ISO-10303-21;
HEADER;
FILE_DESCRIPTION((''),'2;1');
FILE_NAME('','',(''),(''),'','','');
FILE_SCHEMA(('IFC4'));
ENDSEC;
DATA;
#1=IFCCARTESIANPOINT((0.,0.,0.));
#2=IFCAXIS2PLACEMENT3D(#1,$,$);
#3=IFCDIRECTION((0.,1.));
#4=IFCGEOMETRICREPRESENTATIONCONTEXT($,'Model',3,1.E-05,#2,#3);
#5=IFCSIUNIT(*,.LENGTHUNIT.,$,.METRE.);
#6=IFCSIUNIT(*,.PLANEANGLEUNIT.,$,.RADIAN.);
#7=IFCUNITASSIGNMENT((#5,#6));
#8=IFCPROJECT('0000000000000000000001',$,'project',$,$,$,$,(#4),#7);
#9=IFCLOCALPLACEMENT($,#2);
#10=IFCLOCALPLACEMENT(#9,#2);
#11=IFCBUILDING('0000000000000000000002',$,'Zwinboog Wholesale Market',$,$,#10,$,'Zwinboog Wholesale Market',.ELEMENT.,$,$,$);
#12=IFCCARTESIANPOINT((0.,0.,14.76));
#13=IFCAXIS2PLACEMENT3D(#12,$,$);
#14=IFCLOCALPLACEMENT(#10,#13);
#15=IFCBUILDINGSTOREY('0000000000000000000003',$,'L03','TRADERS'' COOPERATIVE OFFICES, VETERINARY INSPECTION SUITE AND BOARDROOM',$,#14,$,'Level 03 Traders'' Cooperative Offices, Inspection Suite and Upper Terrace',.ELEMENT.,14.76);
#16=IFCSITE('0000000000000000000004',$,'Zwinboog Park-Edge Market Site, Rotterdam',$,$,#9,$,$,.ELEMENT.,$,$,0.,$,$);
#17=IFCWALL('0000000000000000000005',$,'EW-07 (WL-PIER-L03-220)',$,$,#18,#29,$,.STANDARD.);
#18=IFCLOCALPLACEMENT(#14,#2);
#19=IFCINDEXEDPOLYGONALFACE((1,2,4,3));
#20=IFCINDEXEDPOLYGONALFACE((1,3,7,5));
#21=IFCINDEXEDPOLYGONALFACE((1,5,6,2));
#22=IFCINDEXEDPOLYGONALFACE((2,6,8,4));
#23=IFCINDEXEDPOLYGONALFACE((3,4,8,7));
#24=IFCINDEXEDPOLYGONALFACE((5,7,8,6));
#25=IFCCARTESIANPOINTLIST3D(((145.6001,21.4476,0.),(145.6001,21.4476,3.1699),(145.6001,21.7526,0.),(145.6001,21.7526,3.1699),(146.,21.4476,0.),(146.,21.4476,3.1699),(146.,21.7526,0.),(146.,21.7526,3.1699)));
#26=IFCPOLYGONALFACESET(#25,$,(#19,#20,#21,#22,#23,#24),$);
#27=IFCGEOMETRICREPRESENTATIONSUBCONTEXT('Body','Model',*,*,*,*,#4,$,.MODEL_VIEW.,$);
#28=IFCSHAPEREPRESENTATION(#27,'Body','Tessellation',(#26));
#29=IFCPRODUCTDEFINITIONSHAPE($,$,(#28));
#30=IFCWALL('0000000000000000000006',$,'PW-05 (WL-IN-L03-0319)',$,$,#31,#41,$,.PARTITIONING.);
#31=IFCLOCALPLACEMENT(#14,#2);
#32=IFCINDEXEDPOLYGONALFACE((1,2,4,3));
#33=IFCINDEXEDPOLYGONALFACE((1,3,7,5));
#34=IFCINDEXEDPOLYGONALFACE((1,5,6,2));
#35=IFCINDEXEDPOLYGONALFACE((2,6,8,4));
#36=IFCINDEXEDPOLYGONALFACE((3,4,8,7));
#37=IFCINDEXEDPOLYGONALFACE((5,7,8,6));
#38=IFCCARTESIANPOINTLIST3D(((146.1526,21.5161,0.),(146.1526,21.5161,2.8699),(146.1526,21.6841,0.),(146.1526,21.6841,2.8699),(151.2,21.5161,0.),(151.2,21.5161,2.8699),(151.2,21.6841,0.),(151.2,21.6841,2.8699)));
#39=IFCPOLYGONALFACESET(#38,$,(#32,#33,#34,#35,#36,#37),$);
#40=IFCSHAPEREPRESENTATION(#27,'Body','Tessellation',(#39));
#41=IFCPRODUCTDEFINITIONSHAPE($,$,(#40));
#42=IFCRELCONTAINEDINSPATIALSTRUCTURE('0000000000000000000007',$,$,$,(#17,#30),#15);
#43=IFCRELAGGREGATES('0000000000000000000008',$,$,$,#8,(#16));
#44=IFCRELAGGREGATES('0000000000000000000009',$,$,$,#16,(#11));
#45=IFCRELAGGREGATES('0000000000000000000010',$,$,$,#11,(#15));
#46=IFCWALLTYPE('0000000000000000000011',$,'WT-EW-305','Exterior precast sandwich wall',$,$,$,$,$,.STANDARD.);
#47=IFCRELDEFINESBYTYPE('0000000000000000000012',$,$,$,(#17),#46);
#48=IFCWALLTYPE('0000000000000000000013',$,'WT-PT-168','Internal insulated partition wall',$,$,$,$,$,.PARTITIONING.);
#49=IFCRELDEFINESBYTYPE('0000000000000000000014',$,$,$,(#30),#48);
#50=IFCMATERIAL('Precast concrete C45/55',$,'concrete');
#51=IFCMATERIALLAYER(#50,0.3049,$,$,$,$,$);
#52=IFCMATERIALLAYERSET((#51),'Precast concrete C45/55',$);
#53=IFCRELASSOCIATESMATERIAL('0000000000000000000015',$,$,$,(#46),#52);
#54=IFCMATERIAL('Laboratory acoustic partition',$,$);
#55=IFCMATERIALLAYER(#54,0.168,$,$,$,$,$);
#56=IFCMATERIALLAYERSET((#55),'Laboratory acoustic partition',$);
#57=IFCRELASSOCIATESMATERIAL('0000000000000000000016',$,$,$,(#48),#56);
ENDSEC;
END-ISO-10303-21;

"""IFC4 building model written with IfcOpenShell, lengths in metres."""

from ifc_helpers import new_model, si_unit, direction, frame, frame_2d, origin, place, context, subcontext, project, spatial, rectangle, extrude, material, layer, layer_set, type_object, element, save


model = new_model("IFC4")

# Units and contexts
model_context = context("Model", 3, precision=1e-05, world=origin(), true_north=direction((0.0, 1.0)))
body_context = subcontext(model_context, "Body", "Model", "MODEL_VIEW")
ifc_project = project(units=[si_unit("LENGTHUNIT", "METRE"), si_unit("PLANEANGLEUNIT", "RADIAN")], contexts=[model_context])

# Site, building, storey
site_placement = place(None, origin())
site = spatial("IfcSite", under=ifc_project, at=site_placement, Name="Zwinboog Park-Edge Market Site, Rotterdam", CompositionType="ELEMENT", RefElevation=0.0)
building_placement = place(site_placement, origin())
building = spatial("IfcBuilding", under=site, at=building_placement, Name="Zwinboog Wholesale Market", LongName="Zwinboog Wholesale Market", CompositionType="ELEMENT")
storey_placement = place(building_placement, frame((0.0, 0.0, 14.76)))
storey = spatial("IfcBuildingStorey", under=building, at=storey_placement, Name="L03", Description="TRADERS' COOPERATIVE OFFICES, VETERINARY INSPECTION SUITE AND BOARDROOM", LongName="Level 03 Traders' Cooperative Offices, Inspection Suite and Upper Terrace", CompositionType="ELEMENT", Elevation=14.76)

# Shared definitions
ifc_material_1 = material(Name="Precast concrete C45/55", Category="concrete")

# Walls
ifc_layer_1 = layer(ifc_material_1, 0.3049)
ifc_layer_set_1 = layer_set([ifc_layer_1], Name="Precast concrete C45/55")
wall_type_1 = type_object("IfcWallType", Name="WT-EW-305", Description="Exterior precast sandwich wall", PredefinedType="STANDARD", material=ifc_layer_set_1)
wall_1_placement = place(storey_placement, frame((145.6001, 21.6001, 0.0), z_axis=(0.0, 0.0, 1.0), x_axis=(1.0, 0.0, 0.0)))
element("IfcWall", 1, at=wall_1_placement, inside=storey, type_object=wall_type_1, Name="EW-07 (WL-PIER-L03-220)", PredefinedType="STANDARD", context=body_context, shape_type="SweptSolid", body=[
    extrude(rectangle(XDim=0.3999, YDim=0.3049, at=frame_2d((0.2, 0.0))), origin(), (0.0, 0.0, 1.0), 3.1699),
])
ifc_material_2 = material(Name="Laboratory acoustic partition")
ifc_layer_2 = layer(ifc_material_2, 0.168)
ifc_layer_set_2 = layer_set([ifc_layer_2], Name="Laboratory acoustic partition")
wall_type_2 = type_object("IfcWallType", Name="WT-PT-168", Description="Internal insulated partition wall", PredefinedType="PARTITIONING", material=ifc_layer_set_2)
wall_2_placement = place(storey_placement, frame((146.1526, 21.6001, 0.0), z_axis=(0.0, 0.0, 1.0), x_axis=(1.0, 0.0, 0.0)))
element("IfcWall", 2, at=wall_2_placement, inside=storey, type_object=wall_type_2, Name="PW-05 (WL-IN-L03-0319)", PredefinedType="PARTITIONING", context=body_context, shape_type="SweptSolid", body=[
    extrude(rectangle(XDim=5.0474, YDim=0.168, at=frame_2d((2.5237, 0.0))), origin(), (0.0, 0.0, 1.0), 2.8699),
])

save(model, "model.ifc")
